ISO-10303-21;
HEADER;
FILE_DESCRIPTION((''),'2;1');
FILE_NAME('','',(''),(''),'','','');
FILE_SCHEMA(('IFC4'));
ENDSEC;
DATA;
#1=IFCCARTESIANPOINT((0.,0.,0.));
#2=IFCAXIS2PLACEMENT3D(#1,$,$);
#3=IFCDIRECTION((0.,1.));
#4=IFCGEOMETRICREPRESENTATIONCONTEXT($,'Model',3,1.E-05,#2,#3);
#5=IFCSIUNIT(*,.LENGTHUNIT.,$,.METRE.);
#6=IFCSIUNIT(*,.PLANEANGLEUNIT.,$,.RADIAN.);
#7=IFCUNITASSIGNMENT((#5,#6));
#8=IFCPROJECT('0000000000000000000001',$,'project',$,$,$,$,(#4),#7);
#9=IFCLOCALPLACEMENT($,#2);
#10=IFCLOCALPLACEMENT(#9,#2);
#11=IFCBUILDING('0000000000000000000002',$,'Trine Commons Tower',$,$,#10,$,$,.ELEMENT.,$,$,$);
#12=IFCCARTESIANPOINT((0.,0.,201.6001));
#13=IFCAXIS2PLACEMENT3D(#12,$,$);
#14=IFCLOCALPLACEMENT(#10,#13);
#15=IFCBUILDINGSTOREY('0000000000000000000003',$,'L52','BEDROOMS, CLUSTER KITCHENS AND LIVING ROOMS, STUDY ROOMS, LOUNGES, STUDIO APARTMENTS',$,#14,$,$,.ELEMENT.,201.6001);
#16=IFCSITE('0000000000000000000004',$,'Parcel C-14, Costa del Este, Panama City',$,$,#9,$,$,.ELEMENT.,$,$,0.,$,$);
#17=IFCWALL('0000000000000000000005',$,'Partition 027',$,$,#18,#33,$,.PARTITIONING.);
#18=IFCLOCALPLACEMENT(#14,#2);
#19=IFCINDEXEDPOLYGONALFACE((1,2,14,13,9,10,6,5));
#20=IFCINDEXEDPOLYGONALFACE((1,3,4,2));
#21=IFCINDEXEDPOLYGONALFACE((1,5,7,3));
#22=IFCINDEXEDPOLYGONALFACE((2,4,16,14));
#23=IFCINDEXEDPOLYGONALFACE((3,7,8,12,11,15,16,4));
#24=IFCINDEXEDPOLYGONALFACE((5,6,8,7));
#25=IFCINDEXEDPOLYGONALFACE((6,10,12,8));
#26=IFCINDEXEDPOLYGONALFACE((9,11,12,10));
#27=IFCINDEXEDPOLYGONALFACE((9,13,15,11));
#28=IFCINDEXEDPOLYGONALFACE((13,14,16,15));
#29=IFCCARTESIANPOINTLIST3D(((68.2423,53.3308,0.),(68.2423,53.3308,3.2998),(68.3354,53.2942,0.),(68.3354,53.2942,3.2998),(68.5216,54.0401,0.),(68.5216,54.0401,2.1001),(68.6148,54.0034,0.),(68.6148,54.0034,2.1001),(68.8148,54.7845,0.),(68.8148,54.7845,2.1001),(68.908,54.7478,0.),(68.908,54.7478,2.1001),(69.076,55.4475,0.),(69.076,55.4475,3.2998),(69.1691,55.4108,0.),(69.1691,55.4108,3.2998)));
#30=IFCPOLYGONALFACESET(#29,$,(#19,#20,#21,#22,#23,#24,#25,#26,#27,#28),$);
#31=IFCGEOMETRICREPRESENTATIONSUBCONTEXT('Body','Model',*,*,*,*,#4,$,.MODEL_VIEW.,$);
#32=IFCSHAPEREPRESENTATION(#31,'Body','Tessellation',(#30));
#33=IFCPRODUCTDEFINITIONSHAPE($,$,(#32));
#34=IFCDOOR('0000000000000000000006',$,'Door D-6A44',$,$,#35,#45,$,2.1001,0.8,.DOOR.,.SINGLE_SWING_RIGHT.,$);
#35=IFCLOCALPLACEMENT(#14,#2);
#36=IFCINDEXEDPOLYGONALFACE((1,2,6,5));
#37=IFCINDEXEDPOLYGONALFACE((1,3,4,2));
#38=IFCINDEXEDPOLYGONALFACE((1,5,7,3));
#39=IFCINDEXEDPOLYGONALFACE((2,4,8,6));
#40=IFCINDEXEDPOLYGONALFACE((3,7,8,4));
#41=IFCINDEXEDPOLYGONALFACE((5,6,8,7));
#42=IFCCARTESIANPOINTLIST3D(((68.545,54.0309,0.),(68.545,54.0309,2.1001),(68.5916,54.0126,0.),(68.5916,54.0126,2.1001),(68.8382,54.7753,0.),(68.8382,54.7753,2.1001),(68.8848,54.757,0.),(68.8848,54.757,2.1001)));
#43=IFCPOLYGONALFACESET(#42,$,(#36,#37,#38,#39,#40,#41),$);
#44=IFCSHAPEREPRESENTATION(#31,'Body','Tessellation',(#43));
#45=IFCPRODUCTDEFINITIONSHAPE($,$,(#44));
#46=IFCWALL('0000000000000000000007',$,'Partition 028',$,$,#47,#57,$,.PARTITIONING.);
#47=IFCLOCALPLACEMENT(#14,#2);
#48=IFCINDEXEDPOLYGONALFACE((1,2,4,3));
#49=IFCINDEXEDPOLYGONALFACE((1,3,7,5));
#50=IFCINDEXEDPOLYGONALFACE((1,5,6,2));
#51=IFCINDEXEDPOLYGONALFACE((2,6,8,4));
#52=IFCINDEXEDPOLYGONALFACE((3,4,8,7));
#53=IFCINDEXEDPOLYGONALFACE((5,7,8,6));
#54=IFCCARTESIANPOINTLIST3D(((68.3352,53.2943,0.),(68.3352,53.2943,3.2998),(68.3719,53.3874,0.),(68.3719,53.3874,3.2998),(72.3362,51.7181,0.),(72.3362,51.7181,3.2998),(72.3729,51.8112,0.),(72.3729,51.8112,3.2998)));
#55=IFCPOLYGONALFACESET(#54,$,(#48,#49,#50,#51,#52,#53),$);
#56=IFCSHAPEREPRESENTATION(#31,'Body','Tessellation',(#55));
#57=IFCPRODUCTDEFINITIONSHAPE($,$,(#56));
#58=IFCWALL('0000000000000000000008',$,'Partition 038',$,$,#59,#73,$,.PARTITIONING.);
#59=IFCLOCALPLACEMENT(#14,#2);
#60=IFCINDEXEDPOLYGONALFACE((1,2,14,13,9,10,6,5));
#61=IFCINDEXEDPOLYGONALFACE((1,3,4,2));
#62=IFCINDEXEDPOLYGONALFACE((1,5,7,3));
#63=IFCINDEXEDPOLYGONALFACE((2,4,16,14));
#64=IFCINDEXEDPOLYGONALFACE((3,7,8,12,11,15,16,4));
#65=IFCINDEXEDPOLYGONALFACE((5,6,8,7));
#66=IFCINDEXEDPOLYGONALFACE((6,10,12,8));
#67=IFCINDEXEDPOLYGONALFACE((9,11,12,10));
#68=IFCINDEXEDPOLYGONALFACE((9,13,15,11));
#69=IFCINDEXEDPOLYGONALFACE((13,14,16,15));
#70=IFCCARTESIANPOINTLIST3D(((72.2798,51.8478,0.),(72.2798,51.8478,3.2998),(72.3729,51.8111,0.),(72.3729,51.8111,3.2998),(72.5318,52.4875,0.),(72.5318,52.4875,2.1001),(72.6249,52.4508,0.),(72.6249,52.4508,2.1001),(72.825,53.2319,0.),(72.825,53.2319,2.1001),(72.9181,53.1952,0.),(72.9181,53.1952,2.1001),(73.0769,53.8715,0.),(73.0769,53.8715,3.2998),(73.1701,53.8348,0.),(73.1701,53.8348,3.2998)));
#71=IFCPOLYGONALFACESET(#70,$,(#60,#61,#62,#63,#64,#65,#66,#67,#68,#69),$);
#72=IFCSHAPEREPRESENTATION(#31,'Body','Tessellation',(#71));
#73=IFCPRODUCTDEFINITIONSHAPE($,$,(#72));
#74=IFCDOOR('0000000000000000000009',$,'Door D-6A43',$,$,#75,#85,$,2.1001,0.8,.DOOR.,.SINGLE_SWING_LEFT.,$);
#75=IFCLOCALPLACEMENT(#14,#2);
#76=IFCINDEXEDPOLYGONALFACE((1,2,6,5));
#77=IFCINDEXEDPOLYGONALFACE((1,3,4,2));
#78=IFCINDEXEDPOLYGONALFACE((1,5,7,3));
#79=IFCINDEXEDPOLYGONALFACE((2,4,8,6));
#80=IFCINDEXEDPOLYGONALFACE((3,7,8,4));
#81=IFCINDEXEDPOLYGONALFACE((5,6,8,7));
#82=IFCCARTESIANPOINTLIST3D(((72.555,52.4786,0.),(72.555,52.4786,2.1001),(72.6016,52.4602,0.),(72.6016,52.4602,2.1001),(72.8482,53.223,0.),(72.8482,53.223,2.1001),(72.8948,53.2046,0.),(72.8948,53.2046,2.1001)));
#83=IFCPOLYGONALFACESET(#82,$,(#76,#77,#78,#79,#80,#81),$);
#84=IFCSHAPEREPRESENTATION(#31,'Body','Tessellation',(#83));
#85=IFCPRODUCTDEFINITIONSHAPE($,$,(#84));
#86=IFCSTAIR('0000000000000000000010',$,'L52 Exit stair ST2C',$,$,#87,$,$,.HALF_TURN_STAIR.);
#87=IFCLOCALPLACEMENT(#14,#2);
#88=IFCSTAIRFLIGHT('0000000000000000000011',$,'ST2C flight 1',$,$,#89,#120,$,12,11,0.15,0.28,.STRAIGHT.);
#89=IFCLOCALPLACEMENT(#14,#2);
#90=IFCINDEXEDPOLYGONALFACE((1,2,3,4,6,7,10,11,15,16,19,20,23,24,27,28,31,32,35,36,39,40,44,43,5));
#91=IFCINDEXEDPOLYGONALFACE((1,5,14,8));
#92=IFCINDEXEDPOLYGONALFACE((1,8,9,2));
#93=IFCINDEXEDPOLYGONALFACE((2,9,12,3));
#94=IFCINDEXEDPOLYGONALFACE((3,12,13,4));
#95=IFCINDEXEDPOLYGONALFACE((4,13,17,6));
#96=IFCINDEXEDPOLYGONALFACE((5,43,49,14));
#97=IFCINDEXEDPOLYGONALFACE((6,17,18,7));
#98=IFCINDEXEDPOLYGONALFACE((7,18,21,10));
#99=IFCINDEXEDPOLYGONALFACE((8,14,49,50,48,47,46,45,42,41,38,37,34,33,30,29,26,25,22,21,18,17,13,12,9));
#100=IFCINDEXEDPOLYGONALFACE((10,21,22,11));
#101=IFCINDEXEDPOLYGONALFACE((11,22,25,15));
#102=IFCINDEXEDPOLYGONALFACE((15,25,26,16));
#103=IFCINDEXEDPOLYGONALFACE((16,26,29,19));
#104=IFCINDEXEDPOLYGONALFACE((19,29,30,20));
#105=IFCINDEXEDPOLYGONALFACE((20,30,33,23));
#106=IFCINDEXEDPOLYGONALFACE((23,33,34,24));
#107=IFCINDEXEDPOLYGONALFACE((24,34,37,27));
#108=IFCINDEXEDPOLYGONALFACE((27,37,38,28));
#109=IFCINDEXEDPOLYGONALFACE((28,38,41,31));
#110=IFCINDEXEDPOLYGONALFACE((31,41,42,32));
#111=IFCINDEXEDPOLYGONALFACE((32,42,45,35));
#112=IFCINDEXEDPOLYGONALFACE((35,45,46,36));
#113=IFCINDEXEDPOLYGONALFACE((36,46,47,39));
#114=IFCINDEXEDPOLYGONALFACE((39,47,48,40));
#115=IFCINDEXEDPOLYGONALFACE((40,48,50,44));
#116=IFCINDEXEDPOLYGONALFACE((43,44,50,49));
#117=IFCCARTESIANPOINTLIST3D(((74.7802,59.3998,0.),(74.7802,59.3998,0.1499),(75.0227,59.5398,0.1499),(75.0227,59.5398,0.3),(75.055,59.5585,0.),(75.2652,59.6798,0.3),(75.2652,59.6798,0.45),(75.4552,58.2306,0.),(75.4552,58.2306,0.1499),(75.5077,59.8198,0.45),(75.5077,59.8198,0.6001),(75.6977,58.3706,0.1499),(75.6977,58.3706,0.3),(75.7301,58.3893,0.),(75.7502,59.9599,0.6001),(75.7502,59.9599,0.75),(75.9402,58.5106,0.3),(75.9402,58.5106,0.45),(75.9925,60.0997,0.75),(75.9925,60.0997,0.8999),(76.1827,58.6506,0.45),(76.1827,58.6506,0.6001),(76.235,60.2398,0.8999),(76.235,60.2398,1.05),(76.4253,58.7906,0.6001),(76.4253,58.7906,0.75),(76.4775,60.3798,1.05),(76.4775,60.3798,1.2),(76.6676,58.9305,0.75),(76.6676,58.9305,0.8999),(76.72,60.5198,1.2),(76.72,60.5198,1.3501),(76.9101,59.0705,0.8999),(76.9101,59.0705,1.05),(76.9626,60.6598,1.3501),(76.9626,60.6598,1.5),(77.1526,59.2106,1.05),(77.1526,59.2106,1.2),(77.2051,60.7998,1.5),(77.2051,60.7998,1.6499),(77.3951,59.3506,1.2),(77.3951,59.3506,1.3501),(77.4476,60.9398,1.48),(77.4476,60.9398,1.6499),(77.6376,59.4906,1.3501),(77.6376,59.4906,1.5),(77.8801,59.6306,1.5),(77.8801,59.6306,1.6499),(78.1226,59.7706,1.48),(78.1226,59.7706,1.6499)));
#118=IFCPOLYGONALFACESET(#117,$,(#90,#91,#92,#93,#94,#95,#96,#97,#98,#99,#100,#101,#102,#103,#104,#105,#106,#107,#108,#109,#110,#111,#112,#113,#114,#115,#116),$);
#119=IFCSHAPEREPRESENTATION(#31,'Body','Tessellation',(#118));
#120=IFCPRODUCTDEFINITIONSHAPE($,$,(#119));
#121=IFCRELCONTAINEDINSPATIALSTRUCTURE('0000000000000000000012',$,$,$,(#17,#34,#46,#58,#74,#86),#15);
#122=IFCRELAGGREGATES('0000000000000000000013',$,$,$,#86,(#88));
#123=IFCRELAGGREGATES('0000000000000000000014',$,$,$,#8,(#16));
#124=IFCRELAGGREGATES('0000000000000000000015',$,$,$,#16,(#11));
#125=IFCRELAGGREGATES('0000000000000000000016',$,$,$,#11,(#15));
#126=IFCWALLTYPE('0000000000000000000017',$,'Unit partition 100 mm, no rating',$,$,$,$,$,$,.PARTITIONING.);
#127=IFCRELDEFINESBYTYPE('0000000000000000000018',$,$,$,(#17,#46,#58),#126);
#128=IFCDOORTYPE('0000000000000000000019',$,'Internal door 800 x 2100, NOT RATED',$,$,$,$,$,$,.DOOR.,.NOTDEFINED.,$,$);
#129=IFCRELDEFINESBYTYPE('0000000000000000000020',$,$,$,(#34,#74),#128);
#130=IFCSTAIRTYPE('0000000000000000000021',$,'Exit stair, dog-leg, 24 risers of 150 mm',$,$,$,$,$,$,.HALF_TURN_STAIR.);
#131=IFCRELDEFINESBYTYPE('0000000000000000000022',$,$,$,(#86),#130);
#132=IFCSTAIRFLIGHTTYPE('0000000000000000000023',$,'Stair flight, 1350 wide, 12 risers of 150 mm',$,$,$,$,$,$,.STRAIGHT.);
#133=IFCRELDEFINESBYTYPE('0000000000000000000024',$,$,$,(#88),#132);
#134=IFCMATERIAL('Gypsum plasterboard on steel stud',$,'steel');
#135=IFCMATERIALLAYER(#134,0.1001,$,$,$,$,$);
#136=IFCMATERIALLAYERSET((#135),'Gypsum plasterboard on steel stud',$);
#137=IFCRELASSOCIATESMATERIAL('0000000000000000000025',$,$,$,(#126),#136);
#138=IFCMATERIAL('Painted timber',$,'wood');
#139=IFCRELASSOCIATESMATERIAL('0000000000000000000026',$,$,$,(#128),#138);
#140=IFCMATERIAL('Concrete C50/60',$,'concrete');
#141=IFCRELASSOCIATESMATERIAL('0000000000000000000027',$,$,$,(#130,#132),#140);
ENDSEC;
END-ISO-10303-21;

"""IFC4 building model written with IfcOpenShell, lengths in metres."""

from ifc_helpers import new_model, si_unit, direction, frame, frame_2d, origin, place, context, subcontext, project, spatial, polyline, rectangle, outline, extrude, material, layer, layer_set, type_object, element, fill, aggregate, save


model = new_model("IFC4")

# Units and contexts
model_context = context("Model", 3, precision=1e-05, world=origin(), true_north=direction((0.0, 1.0)))
body_context = subcontext(model_context, "Body", "Model", "MODEL_VIEW")
ifc_project = project(units=[si_unit("LENGTHUNIT", "METRE"), si_unit("PLANEANGLEUNIT", "RADIAN")], contexts=[model_context])

# Site, building, storey
site_placement = place(None, origin())
site = spatial("IfcSite", under=ifc_project, at=site_placement, Name="Parcel C-14, Costa del Este, Panama City", CompositionType="ELEMENT", RefElevation=0.0)
building_placement = place(site_placement, origin())
building = spatial("IfcBuilding", under=site, at=building_placement, Name="Trine Commons Tower", CompositionType="ELEMENT")
storey_placement = place(building_placement, frame((0.0, 0.0, 201.6001)))
storey = spatial("IfcBuildingStorey", under=building, at=storey_placement, Name="L52", Description="BEDROOMS, CLUSTER KITCHENS AND LIVING ROOMS, STUDY ROOMS, LOUNGES, STUDIO APARTMENTS", CompositionType="ELEMENT", Elevation=201.6001)

# Shared definitions
ifc_material_1 = material(Name="Gypsum plasterboard on steel stud", Category="steel")

# Wall, opening, door
ifc_layer_1 = layer(ifc_material_1, 0.1001)
ifc_layer_set_1 = layer_set([ifc_layer_1], Name="Gypsum plasterboard on steel stud")
wall_type_1 = type_object("IfcWallType", Name="Unit partition 100 mm, no rating", PredefinedType="PARTITIONING", material=ifc_layer_set_1)
wall_1_placement = place(storey_placement, frame((68.2888, 53.3125, 0.0), z_axis=(0.0, 0.0, 1.0), x_axis=(0.366482, 0.930425, 0.0)))
wall_1 = element("IfcWall", 1, at=wall_1_placement, inside=storey, type_object=wall_type_1, Name="Partition 027", PredefinedType="PARTITIONING", context=body_context, shape_type="SweptSolid", body=[
    extrude(rectangle(XDim=2.2749, YDim=0.1001, at=frame_2d((1.1375, 0.0))), origin(), (0.0, 0.0, 1.0), 3.2998),
])
opening_1_placement = place(wall_1_placement, frame((0.7625, 0.0, 0.0)))
opening_1 = element("IfcOpeningElement", 2, at=opening_1_placement, cuts=wall_1, PredefinedType="OPENING", context=body_context, shape_type="SweptSolid", body=[
    extrude(rectangle(XDim=0.8, YDim=2.1001, at=frame_2d((0.3999, 1.05))), frame((0.0, 0.0601, 0.0), z_axis=(0.0, -1.0, 0.0), x_axis=(1.0, 0.0, 0.0)), (0.0, 0.0, 1.0), 0.1201),
])
ifc_material_2 = material(Name="Painted timber", Category="wood")
door_type_1 = type_object("IfcDoorType", Name="Internal door 800 x 2100, NOT RATED", OperationType="NOTDEFINED", PredefinedType="DOOR", material=ifc_material_2)
door_1_placement = place(opening_1_placement, origin())
door_1 = element("IfcDoor", 3, at=door_1_placement, inside=storey, type_object=door_type_1, Name="Door D-6A44", OperationType="SINGLE_SWING_RIGHT", OverallHeight=2.1001, OverallWidth=0.8, PredefinedType="DOOR", context=body_context, shape_type="SweptSolid", body=[
    extrude(rectangle(XDim=0.8, YDim=2.1001, at=frame_2d((0.3999, 1.05))), frame((0.0, 0.0249, 0.0), z_axis=(0.0, -1.0, 0.0), x_axis=(1.0, 0.0, 0.0)), (0.0, 0.0, 1.0), 0.05),
])
fill(opening_1, door_1)

# Wall
wall_2_placement = place(storey_placement, frame((68.3535, 53.3408, 0.0), z_axis=(0.0, 0.0, 1.0), x_axis=(0.930406, -0.36653, 0.0)))
element("IfcWall", 4, at=wall_2_placement, inside=storey, type_object=wall_type_1, Name="Partition 028", PredefinedType="PARTITIONING", context=body_context, shape_type="SweptSolid", body=[
    extrude(rectangle(XDim=4.3003, YDim=0.1001, at=frame_2d((2.1501, 0.0))), origin(), (0.0, 0.0, 1.0), 3.2998),
])

# Wall, opening, door
wall_3_placement = place(storey_placement, frame((72.3264, 51.8296, 0.0), z_axis=(0.0, 0.0, 1.0), x_axis=(0.366489, 0.930422, 0.0)))
wall_3 = element("IfcWall", 5, at=wall_3_placement, inside=storey, type_object=wall_type_1, Name="Partition 038", PredefinedType="PARTITIONING", context=body_context, shape_type="SweptSolid", body=[
    extrude(rectangle(XDim=2.175, YDim=0.1001, at=frame_2d((1.0874, 0.0))), origin(), (0.0, 0.0, 1.0), 3.2998),
])
opening_2_placement = place(wall_3_placement, frame((0.6875, 0.0, 0.0)))
opening_2 = element("IfcOpeningElement", 6, at=opening_2_placement, cuts=wall_3, PredefinedType="OPENING", context=body_context, shape_type="SweptSolid", body=[
    extrude(rectangle(XDim=0.8, YDim=2.1001, at=frame_2d((0.3999, 1.05))), frame((0.0, 0.0601, 0.0), z_axis=(0.0, -1.0, 0.0), x_axis=(1.0, 0.0, 0.0)), (0.0, 0.0, 1.0), 0.1201),
])
door_2_placement = place(opening_2_placement, frame((0.8, 0.0, 0.0), z_axis=(0.0, 0.0, 1.0), x_axis=(-1.0, 0.0, 0.0)))
door_2 = element("IfcDoor", 7, at=door_2_placement, inside=storey, type_object=door_type_1, Name="Door D-6A43", OperationType="SINGLE_SWING_LEFT", OverallHeight=2.1001, OverallWidth=0.8, PredefinedType="DOOR", context=body_context, shape_type="SweptSolid", body=[
    extrude(rectangle(XDim=0.8, YDim=2.1001, at=frame_2d((0.3999, 1.05))), frame((0.0, 0.0249, 0.0), z_axis=(0.0, -1.0, 0.0), x_axis=(1.0, 0.0, 0.0)), (0.0, 0.0, 1.0), 0.05),
])
fill(opening_2, door_2)

# Stair, stair flight
ifc_material_3 = material(Name="Concrete C50/60", Category="concrete")
stair_type = type_object("IfcStairType", Name="Exit stair, dog-leg, 24 risers of 150 mm", PredefinedType="HALF_TURN_STAIR", material=ifc_material_3)
stair_placement = place(storey_placement, origin())
stair = element("IfcStair", 8, at=stair_placement, inside=storey, type_object=stair_type, Name="L52 Exit stair ST2C", PredefinedType="HALF_TURN_STAIR")
stair_flight_type = type_object("IfcStairFlightType", Name="Stair flight, 1350 wide, 12 risers of 150 mm", PredefinedType="STRAIGHT", material=ifc_material_3)
stair_flight_placement = place(storey_placement, frame((75.1177, 58.8152, 0.0), z_axis=(0.0, 0.0, 1.0), x_axis=(0.866025, 0.5, 0.0)))
stair_flight = element("IfcStairFlight", 9, at=stair_flight_placement, type_object=stair_flight_type, Name="ST2C flight 1", NumberOfRisers=12, NumberOfTreads=11, PredefinedType="STRAIGHT", RiserHeight=0.15, TreadLength=0.28, context=body_context, shape_type="SweptSolid", body=[
    extrude(outline(polyline([(0.0, 0.0), (0.0, 0.1499), (0.28, 0.1499), (0.28, 0.3), (0.5601, 0.3), (0.5601, 0.45), (0.8401, 0.45), (0.8401, 0.6001), (1.1201, 0.6001), (1.1201, 0.75), (1.3999, 0.75), (1.3999, 0.8999), (1.6799, 0.8999), (1.6799, 1.05), (1.96, 1.05), (1.96, 1.2), (2.24, 1.2), (2.24, 1.3501), (2.52, 1.3501), (2.52, 1.5), (2.8, 1.5), (2.8, 1.6499), (3.0801, 1.6499), (3.0801, 1.8), (3.0801, 1.48), (0.3174, 0.0), (0.0, 0.0)])), frame((0.0, 0.675, 0.0), z_axis=(0.0, -1.0, 0.0), x_axis=(1.0, 0.0, 0.0)), (0.0, 0.0, 1.0), 1.3501),
])
aggregate(stair, [stair_flight])

save(model, "model.ifc")
